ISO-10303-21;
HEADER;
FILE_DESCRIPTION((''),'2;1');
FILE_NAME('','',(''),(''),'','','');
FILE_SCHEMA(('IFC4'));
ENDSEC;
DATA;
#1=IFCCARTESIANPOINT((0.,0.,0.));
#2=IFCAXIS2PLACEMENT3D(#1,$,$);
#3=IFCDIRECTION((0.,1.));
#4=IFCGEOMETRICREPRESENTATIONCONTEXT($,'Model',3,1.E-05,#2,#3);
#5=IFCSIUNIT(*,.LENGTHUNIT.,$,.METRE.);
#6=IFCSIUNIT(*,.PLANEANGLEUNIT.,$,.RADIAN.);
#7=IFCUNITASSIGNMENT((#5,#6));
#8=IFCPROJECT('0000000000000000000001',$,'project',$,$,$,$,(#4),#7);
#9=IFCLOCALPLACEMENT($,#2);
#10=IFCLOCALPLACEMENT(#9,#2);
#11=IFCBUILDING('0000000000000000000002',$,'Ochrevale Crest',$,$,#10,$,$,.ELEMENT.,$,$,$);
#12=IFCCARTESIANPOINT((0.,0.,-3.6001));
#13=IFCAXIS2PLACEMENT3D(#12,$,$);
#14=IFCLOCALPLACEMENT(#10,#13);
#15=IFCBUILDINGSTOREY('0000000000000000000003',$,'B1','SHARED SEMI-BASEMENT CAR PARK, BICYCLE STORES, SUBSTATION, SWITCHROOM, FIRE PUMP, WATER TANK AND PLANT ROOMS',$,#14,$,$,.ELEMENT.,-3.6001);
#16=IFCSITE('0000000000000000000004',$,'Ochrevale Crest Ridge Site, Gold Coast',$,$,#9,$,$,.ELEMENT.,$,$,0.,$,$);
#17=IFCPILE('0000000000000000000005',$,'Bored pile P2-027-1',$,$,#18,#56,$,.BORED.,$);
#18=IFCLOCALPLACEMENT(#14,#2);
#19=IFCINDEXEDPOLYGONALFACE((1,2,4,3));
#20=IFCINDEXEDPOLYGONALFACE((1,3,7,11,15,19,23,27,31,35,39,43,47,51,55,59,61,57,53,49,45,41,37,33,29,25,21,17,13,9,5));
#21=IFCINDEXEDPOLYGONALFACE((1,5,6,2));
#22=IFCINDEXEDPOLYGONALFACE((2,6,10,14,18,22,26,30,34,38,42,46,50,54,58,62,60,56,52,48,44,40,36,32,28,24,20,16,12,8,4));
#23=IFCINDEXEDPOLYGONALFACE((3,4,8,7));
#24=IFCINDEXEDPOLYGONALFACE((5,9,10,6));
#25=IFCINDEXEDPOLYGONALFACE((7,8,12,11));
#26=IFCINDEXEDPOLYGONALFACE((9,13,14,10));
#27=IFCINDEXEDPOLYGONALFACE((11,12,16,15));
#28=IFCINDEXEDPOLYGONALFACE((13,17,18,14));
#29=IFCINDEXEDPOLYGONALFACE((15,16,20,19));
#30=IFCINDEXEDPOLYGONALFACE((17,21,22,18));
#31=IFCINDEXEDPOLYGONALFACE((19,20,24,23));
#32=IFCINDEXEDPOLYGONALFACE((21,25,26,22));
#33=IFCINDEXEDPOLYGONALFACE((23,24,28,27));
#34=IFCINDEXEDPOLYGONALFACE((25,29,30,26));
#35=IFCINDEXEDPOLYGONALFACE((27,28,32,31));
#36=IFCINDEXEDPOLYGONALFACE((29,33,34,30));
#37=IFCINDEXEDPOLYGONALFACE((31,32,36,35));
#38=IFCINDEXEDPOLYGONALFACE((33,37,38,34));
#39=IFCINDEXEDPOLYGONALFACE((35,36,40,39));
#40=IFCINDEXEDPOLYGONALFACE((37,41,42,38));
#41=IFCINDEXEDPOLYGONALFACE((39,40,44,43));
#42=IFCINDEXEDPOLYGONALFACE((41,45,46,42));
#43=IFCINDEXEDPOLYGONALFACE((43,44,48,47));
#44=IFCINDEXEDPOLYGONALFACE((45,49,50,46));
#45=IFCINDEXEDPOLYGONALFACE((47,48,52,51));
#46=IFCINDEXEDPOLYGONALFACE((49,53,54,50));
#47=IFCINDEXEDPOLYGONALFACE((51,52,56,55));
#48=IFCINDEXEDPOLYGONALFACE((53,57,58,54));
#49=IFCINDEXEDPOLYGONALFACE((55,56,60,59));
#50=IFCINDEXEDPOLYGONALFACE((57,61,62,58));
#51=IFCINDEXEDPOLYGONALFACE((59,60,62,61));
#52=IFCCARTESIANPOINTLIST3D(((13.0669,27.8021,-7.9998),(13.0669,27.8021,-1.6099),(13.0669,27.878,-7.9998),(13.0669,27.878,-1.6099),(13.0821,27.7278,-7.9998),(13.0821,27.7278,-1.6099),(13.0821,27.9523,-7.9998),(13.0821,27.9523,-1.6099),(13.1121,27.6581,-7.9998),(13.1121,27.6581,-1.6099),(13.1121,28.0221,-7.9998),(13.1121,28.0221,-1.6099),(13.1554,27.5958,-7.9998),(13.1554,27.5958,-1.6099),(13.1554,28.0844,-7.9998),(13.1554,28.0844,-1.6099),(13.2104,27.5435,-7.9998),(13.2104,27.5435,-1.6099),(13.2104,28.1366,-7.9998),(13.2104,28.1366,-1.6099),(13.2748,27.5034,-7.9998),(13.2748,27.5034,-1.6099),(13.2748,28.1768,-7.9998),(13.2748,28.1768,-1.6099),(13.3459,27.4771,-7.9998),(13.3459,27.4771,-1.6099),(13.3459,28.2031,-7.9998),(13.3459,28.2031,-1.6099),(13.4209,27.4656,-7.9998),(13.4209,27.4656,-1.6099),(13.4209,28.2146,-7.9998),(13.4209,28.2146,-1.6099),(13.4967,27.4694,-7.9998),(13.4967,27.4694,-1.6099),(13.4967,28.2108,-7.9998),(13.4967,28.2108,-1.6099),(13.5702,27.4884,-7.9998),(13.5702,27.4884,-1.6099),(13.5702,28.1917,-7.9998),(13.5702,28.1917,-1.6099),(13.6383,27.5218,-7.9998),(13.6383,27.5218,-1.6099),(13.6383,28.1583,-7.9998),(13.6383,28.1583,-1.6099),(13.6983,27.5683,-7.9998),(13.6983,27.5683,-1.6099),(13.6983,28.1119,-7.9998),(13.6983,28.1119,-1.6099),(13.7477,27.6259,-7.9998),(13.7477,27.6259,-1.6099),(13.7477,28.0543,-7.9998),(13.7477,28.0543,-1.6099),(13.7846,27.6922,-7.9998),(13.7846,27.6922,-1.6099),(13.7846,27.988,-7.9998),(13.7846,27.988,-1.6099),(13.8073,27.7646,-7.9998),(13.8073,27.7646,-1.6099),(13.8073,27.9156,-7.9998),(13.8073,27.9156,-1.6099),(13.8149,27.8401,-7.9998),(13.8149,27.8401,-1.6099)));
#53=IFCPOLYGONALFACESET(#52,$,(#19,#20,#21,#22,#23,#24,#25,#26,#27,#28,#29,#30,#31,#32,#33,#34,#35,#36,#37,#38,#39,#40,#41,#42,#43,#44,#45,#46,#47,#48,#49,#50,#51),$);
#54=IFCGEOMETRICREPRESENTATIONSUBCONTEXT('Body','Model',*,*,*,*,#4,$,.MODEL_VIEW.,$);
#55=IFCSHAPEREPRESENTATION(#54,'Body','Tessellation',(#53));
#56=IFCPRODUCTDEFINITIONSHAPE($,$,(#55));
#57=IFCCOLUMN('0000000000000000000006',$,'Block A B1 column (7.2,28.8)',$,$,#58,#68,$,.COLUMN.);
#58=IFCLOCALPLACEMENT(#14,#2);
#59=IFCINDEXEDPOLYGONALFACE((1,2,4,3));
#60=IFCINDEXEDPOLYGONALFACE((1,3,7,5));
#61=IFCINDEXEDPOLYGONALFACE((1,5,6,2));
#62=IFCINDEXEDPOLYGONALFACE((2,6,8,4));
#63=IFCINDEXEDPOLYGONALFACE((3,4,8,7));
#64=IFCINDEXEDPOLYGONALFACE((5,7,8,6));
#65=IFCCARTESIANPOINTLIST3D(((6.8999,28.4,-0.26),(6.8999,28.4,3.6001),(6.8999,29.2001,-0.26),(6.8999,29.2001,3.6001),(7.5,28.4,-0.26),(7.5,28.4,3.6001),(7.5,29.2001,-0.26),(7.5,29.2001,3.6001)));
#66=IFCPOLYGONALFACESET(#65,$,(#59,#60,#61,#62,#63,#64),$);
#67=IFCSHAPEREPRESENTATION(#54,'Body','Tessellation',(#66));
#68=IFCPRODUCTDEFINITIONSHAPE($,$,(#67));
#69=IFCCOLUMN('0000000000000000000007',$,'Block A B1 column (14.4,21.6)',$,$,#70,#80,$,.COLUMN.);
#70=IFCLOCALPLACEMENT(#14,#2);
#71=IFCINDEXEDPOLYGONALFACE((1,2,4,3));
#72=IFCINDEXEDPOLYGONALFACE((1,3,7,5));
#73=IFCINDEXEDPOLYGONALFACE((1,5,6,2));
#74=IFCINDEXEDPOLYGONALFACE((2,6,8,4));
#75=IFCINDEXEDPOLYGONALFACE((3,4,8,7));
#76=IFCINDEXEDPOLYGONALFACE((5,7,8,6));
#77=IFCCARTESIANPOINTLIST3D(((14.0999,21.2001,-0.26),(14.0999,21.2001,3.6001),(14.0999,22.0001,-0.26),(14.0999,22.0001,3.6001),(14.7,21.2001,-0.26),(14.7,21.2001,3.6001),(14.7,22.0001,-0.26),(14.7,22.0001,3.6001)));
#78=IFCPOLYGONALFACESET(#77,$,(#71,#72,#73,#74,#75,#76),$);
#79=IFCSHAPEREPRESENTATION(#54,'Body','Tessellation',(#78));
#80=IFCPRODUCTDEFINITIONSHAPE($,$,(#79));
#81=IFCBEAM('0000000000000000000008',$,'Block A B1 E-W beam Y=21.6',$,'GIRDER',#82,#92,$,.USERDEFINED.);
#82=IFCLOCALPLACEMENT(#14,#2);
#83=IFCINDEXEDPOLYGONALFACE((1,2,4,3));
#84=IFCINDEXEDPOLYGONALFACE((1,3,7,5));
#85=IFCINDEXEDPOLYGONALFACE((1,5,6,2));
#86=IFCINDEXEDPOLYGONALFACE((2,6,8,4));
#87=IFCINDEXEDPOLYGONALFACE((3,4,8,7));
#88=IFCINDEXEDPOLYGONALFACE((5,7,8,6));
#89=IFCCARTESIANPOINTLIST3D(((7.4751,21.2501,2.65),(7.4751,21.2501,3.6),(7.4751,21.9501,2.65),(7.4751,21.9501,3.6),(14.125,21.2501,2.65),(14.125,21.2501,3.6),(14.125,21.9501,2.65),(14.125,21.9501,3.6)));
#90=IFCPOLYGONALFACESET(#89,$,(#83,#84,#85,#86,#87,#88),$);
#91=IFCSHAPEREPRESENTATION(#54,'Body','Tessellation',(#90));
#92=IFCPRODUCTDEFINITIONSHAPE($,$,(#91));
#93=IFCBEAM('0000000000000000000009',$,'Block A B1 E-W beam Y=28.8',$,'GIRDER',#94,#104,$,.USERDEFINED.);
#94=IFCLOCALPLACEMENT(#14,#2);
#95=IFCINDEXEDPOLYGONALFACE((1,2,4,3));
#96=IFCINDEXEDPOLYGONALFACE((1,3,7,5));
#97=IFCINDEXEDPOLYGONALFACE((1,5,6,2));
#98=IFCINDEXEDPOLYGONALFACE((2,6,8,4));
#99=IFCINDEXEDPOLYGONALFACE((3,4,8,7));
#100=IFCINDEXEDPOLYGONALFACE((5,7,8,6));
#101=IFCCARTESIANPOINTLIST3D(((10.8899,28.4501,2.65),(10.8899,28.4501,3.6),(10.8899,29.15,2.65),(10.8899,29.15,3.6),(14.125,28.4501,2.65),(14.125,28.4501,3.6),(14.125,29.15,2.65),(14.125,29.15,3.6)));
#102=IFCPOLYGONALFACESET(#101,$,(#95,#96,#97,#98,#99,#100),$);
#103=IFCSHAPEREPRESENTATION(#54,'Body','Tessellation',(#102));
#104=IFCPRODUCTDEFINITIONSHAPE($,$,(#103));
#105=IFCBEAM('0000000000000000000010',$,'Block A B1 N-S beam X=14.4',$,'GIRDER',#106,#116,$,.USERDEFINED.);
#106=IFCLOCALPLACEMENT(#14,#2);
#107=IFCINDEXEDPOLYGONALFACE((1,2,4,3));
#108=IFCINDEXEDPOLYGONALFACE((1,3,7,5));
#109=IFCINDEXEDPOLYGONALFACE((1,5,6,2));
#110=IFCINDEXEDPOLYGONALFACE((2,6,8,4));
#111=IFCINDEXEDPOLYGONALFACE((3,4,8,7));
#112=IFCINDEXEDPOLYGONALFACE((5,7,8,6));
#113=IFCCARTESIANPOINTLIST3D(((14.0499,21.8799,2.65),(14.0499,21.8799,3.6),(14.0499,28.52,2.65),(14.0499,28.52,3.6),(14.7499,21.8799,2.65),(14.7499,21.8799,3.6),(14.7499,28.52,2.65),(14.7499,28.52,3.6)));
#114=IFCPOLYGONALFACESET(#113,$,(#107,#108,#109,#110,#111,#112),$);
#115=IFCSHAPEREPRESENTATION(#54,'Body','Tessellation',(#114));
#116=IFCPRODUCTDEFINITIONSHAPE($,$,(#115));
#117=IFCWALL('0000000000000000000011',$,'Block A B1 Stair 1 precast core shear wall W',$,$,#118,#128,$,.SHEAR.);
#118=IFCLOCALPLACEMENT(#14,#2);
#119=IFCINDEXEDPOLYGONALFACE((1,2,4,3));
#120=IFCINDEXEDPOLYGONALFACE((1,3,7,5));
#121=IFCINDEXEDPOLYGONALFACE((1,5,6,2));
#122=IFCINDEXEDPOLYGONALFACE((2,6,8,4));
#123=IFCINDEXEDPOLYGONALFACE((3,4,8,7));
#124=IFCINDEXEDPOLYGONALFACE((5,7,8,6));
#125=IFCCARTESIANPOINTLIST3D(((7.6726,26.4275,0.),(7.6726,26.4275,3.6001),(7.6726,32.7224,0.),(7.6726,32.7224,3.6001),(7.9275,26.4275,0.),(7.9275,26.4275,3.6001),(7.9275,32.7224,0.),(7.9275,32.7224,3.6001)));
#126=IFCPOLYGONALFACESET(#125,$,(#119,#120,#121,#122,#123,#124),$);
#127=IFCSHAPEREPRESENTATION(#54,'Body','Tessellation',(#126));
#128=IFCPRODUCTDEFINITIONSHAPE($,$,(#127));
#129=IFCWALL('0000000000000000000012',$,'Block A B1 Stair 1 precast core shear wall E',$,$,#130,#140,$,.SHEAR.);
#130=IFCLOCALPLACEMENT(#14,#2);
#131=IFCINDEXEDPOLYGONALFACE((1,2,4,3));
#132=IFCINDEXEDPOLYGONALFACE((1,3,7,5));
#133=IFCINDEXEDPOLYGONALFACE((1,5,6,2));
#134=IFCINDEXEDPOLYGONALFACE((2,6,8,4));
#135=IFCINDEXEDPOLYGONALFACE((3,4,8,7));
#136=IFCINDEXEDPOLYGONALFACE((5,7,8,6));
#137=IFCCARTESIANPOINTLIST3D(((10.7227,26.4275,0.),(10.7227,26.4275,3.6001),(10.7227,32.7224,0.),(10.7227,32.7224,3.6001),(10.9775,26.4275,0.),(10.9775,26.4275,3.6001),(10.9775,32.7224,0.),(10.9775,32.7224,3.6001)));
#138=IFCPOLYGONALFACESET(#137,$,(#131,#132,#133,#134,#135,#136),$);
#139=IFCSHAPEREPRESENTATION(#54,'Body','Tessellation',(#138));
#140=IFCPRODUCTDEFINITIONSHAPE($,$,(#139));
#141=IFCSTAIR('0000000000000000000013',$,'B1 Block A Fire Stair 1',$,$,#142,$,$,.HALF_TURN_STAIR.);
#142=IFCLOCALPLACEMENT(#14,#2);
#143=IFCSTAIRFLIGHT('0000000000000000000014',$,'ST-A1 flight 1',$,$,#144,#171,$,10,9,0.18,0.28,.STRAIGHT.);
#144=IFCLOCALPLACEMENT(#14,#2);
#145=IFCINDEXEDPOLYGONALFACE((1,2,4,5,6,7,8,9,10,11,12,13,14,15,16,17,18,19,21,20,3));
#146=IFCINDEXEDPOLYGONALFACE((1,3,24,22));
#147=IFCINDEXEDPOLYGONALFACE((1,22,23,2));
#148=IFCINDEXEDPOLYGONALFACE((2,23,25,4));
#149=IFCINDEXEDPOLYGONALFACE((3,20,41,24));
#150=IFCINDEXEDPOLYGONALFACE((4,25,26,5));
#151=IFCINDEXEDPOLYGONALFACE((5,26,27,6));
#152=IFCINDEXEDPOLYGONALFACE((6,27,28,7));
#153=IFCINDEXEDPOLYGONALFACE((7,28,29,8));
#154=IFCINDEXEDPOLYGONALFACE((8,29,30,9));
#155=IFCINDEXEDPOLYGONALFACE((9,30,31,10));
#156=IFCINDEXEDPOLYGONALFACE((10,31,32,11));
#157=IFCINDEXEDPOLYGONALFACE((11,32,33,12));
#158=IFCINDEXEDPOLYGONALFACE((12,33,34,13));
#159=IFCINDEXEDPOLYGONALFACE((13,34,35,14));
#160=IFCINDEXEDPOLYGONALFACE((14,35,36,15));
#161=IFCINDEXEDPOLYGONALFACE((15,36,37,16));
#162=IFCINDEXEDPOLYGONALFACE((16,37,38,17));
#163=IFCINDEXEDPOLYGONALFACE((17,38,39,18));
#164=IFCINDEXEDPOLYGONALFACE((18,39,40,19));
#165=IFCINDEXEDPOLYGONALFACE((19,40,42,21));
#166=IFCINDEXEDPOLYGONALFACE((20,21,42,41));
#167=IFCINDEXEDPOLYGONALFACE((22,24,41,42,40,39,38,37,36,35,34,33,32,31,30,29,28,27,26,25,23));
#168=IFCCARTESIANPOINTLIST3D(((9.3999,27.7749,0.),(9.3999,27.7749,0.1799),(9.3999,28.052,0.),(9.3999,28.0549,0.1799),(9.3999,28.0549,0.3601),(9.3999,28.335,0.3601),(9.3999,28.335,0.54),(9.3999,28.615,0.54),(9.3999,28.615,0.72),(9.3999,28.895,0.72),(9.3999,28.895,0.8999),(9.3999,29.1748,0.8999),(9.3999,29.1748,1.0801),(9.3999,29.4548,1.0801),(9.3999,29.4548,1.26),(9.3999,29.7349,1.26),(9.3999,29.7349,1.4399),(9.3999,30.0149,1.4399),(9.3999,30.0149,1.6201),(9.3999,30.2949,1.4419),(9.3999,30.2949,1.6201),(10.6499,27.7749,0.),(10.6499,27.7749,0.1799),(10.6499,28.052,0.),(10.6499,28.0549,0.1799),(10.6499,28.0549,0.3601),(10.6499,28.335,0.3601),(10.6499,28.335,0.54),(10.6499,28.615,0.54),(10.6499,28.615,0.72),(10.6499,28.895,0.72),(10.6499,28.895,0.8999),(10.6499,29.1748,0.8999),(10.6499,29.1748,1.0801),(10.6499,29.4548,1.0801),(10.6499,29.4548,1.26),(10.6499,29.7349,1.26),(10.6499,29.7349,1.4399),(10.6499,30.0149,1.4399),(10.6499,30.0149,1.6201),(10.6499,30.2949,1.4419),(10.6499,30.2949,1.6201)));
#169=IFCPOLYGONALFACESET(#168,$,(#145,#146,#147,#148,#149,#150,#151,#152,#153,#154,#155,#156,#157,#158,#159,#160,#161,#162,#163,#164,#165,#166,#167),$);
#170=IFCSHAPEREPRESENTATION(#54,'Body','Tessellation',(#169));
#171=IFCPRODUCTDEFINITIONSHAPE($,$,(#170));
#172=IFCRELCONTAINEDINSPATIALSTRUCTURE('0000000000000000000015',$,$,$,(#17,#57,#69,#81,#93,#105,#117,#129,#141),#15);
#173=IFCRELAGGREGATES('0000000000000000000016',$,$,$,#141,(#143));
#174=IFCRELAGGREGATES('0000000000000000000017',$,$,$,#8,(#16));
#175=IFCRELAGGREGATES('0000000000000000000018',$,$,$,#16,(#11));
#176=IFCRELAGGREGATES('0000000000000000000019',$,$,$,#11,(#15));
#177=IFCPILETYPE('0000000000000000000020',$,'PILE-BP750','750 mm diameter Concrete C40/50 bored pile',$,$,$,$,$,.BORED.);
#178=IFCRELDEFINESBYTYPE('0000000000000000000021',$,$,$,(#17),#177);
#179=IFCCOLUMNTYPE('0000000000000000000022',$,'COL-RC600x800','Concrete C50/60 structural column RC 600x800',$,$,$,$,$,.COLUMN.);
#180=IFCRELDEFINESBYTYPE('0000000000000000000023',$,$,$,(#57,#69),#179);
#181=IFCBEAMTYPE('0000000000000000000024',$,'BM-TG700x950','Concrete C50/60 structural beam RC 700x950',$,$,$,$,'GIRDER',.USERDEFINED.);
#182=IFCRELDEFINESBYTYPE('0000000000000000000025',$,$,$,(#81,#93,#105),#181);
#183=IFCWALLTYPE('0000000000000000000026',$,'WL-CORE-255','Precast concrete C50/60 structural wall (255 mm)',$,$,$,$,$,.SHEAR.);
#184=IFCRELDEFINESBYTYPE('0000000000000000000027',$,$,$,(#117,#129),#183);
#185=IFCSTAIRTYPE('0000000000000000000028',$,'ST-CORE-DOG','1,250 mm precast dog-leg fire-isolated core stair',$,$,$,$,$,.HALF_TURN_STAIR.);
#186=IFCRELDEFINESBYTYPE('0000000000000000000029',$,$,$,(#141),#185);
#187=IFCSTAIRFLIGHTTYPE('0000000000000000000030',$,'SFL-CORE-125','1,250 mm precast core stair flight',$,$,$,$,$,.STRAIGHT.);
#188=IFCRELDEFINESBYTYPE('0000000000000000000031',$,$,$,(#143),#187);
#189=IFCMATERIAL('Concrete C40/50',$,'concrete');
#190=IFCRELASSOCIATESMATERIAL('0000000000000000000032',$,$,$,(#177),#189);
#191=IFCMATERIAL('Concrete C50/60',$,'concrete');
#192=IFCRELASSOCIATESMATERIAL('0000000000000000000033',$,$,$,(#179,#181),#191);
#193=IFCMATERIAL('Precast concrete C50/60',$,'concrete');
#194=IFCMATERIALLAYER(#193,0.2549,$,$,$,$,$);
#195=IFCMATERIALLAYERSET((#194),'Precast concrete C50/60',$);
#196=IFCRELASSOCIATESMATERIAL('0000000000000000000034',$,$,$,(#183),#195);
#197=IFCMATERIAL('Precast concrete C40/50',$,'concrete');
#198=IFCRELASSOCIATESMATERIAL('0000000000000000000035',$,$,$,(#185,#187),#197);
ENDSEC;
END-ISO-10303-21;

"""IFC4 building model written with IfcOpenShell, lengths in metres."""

from ifc_helpers import new_model, si_unit, direction, frame, frame_2d, origin, origin_2d, place, context, subcontext, project, spatial, polyline, rectangle, circle, outline, extrude, material, layer, layer_set, material_profile, profile_set, type_object, element, aggregate, save


model = new_model("IFC4")

# Units and contexts
model_context = context("Model", 3, precision=1e-05, world=origin(), true_north=direction((0.0, 1.0)))
body_context = subcontext(model_context, "Body", "Model", "MODEL_VIEW")
ifc_project = project(units=[si_unit("LENGTHUNIT", "METRE"), si_unit("PLANEANGLEUNIT", "RADIAN")], contexts=[model_context])

# Site, building, storey
site_placement = place(None, origin())
site = spatial("IfcSite", under=ifc_project, at=site_placement, Name="Ochrevale Crest Ridge Site, Gold Coast", CompositionType="ELEMENT", RefElevation=0.0)
building_placement = place(site_placement, origin())
building = spatial("IfcBuilding", under=site, at=building_placement, Name="Ochrevale Crest", CompositionType="ELEMENT")
storey_placement = place(building_placement, frame((0.0, 0.0, -3.6001)))
storey = spatial("IfcBuildingStorey", under=building, at=storey_placement, Name="B1", Description="SHARED SEMI-BASEMENT CAR PARK, BICYCLE STORES, SUBSTATION, SWITCHROOM, FIRE PUMP, WATER TANK AND PLANT ROOMS", CompositionType="ELEMENT", Elevation=-3.6001)

# Shared definitions
ifc_material_1 = material(Name="Concrete C40/50", Category="concrete")

# Pile
ifc_material_profile_1 = material_profile(ifc_material_1, circle(Radius=0.375, at=origin_2d()), Name="BORED PILE 750")
ifc_profile_set_1 = profile_set([ifc_material_profile_1], Name="Concrete C40/50")
pile_type = type_object("IfcPileType", Name="PILE-BP750", Description="750 mm diameter Concrete C40/50 bored pile", PredefinedType="BORED", material=ifc_profile_set_1)
for number, where, z_axis, x_axis, name in (
    (1, (13.4399, 27.8401, -1.6099), (0.0, 0.0, -1.0), (1.0, 0.0, 0.0), "Bored pile P2-027-1"),
):
    element("IfcPile", number, at=place(storey_placement, frame(where, z_axis=z_axis, x_axis=x_axis)), inside=storey, type_object=pile_type, Name=name, PredefinedType="BORED", context=body_context, shape_type="SweptSolid", body=[
        extrude(circle(Radius=0.375, at=origin_2d()), origin(), (0.0, 0.0, 1.0), 6.3899),
    ])

# Columns
ifc_material_2 = material(Name="Concrete C50/60", Category="concrete")
ifc_material_profile_2 = material_profile(ifc_material_2, rectangle(XDim=0.6001, YDim=0.8, at=origin_2d()), Name="RC 600x800")
ifc_profile_set_2 = profile_set([ifc_material_profile_2], Name="Concrete C50/60")
column_type = type_object("IfcColumnType", Name="COL-RC600x800", Description="Concrete C50/60 structural column RC 600x800", PredefinedType="COLUMN", material=ifc_profile_set_2)
for number, where, z_axis, x_axis, name in (
    (2, (7.2, 28.8, -0.26), (0.0, 0.0, 1.0), (1.0, 0.0, 0.0), "Block A B1 column (7.2,28.8)"),
    (3, (14.3999, 21.6001, -0.26), (0.0, 0.0, 1.0), (1.0, 0.0, 0.0), "Block A B1 column (14.4,21.6)"),
):
    element("IfcColumn", number, at=place(storey_placement, frame(where, z_axis=z_axis, x_axis=x_axis)), inside=storey, type_object=column_type, Name=name, PredefinedType="COLUMN", context=body_context, shape_type="SweptSolid", body=[
        extrude(rectangle(XDim=0.6001, YDim=0.8, at=origin_2d()), origin(), (0.0, 0.0, 1.0), 3.8601),
    ])

# Beams
ifc_material_profile_3 = material_profile(ifc_material_2, rectangle(XDim=0.7, YDim=0.95, at=origin_2d()), Name="RC 700x950")
ifc_profile_set_3 = profile_set([ifc_material_profile_3], Name="Concrete C50/60")
beam_type = type_object("IfcBeamType", Name="BM-TG700x950", Description="Concrete C50/60 structural beam RC 700x950", ElementType="GIRDER", PredefinedType="USERDEFINED", material=ifc_profile_set_3)
beam_1_placement = place(storey_placement, frame((7.4751, 21.6001, 3.125), z_axis=(1.0, 0.0, 0.0), x_axis=(0.0, 1.0, 0.0)))
element("IfcBeam", 4, at=beam_1_placement, inside=storey, type_object=beam_type, Name="Block A B1 E-W beam Y=21.6", ObjectType="GIRDER", PredefinedType="USERDEFINED", context=body_context, shape_type="SweptSolid", body=[
    extrude(rectangle(XDim=0.7, YDim=0.95, at=origin_2d()), origin(), (0.0, 0.0, 1.0), 6.6499),
])
beam_2_placement = place(storey_placement, frame((10.8899, 28.8, 3.125), z_axis=(1.0, 0.0, 0.0), x_axis=(0.0, 1.0, 0.0)))
element("IfcBeam", 5, at=beam_2_placement, inside=storey, type_object=beam_type, Name="Block A B1 E-W beam Y=28.8", ObjectType="GIRDER", PredefinedType="USERDEFINED", context=body_context, shape_type="SweptSolid", body=[
    extrude(rectangle(XDim=0.7, YDim=0.95, at=origin_2d()), origin(), (0.0, 0.0, 1.0), 3.2351),
])
beam_3_placement = place(storey_placement, frame((14.3999, 21.8799, 3.125), z_axis=(0.0, 1.0, 0.0), x_axis=(-1.0, 0.0, 0.0)))
element("IfcBeam", 6, at=beam_3_placement, inside=storey, type_object=beam_type, Name="Block A B1 N-S beam X=14.4", ObjectType="GIRDER", PredefinedType="USERDEFINED", context=body_context, shape_type="SweptSolid", body=[
    extrude(rectangle(XDim=0.7, YDim=0.95, at=origin_2d()), origin(), (0.0, 0.0, 1.0), 6.6401),
])

# Shared definitions
ifc_material_3 = material(Name="Precast concrete C50/60", Category="concrete")
ifc_layer = layer(ifc_material_3, 0.2549)
ifc_layer_set = layer_set([ifc_layer], Name="Precast concrete C50/60")
wall_type = type_object("IfcWallType", Name="WL-CORE-255", Description="Precast concrete C50/60 structural wall (255 mm)", PredefinedType="SHEAR", material=ifc_layer_set)

# Walls
for number, where, z_axis, x_axis, name in (
    (7, (7.8, 26.4275, 0.0), (0.0, 0.0, 1.0), (0.0, 1.0, 0.0), "Block A B1 Stair 1 precast core shear wall W"),
    (8, (10.8501, 26.4275, 0.0), (0.0, 0.0, 1.0), (0.0, 1.0, 0.0), "Block A B1 Stair 1 precast core shear wall E"),
):
    element("IfcWall", number, at=place(storey_placement, frame(where, z_axis=z_axis, x_axis=x_axis)), inside=storey, type_object=wall_type, Name=name, PredefinedType="SHEAR", context=body_context, shape_type="SweptSolid", body=[
        extrude(rectangle(XDim=6.2949, YDim=0.2549, at=frame_2d((3.1475, 0.0))), origin(), (0.0, 0.0, 1.0), 3.6001),
    ])

# Stair, stair flight
ifc_material_4 = material(Name="Precast concrete C40/50", Category="concrete")
stair_type = type_object("IfcStairType", Name="ST-CORE-DOG", Description="1,250 mm precast dog-leg fire-isolated core stair", PredefinedType="HALF_TURN_STAIR", material=ifc_material_4)
stair_placement = place(storey_placement, origin())
stair = element("IfcStair", 9, at=stair_placement, inside=storey, type_object=stair_type, Name="B1 Block A Fire Stair 1", PredefinedType="HALF_TURN_STAIR")
stair_flight_type = type_object("IfcStairFlightType", Name="SFL-CORE-125", Description="1,250 mm precast core stair flight", PredefinedType="STRAIGHT", material=ifc_material_4)
stair_flight_placement = place(storey_placement, frame((10.0249, 27.7749, 0.0), z_axis=(0.0, 0.0, 1.0), x_axis=(0.0, 1.0, 0.0)))
stair_flight = element("IfcStairFlight", 10, at=stair_flight_placement, type_object=stair_flight_type, Name="ST-A1 flight 1", NumberOfRisers=10, NumberOfTreads=9, PredefinedType="STRAIGHT", RiserHeight=0.18, TreadLength=0.28, context=body_context, shape_type="SweptSolid", body=[
    extrude(outline(polyline([(0.0, 0.0), (0.0, 0.1799), (0.28, 0.1799), (0.28, 0.3601), (0.5601, 0.3601), (0.5601, 0.54), (0.8401, 0.54), (0.8401, 0.72), (1.1201, 0.72), (1.1201, 0.8999), (1.3999, 0.8999), (1.3999, 1.0801), (1.6799, 1.0801), (1.6799, 1.26), (1.96, 1.26), (1.96, 1.4399), (2.24, 1.4399), (2.24, 1.6201), (2.52, 1.6201), (2.52, 1.8), (2.52, 1.4419), (0.2771, 0.0), (0.0, 0.0)])), frame((0.0, 0.625, 0.0), z_axis=(0.0, -1.0, 0.0), x_axis=(1.0, 0.0, 0.0)), (0.0, 0.0, 1.0), 1.25),
])
aggregate(stair, [stair_flight])

save(model, "model.ifc")
